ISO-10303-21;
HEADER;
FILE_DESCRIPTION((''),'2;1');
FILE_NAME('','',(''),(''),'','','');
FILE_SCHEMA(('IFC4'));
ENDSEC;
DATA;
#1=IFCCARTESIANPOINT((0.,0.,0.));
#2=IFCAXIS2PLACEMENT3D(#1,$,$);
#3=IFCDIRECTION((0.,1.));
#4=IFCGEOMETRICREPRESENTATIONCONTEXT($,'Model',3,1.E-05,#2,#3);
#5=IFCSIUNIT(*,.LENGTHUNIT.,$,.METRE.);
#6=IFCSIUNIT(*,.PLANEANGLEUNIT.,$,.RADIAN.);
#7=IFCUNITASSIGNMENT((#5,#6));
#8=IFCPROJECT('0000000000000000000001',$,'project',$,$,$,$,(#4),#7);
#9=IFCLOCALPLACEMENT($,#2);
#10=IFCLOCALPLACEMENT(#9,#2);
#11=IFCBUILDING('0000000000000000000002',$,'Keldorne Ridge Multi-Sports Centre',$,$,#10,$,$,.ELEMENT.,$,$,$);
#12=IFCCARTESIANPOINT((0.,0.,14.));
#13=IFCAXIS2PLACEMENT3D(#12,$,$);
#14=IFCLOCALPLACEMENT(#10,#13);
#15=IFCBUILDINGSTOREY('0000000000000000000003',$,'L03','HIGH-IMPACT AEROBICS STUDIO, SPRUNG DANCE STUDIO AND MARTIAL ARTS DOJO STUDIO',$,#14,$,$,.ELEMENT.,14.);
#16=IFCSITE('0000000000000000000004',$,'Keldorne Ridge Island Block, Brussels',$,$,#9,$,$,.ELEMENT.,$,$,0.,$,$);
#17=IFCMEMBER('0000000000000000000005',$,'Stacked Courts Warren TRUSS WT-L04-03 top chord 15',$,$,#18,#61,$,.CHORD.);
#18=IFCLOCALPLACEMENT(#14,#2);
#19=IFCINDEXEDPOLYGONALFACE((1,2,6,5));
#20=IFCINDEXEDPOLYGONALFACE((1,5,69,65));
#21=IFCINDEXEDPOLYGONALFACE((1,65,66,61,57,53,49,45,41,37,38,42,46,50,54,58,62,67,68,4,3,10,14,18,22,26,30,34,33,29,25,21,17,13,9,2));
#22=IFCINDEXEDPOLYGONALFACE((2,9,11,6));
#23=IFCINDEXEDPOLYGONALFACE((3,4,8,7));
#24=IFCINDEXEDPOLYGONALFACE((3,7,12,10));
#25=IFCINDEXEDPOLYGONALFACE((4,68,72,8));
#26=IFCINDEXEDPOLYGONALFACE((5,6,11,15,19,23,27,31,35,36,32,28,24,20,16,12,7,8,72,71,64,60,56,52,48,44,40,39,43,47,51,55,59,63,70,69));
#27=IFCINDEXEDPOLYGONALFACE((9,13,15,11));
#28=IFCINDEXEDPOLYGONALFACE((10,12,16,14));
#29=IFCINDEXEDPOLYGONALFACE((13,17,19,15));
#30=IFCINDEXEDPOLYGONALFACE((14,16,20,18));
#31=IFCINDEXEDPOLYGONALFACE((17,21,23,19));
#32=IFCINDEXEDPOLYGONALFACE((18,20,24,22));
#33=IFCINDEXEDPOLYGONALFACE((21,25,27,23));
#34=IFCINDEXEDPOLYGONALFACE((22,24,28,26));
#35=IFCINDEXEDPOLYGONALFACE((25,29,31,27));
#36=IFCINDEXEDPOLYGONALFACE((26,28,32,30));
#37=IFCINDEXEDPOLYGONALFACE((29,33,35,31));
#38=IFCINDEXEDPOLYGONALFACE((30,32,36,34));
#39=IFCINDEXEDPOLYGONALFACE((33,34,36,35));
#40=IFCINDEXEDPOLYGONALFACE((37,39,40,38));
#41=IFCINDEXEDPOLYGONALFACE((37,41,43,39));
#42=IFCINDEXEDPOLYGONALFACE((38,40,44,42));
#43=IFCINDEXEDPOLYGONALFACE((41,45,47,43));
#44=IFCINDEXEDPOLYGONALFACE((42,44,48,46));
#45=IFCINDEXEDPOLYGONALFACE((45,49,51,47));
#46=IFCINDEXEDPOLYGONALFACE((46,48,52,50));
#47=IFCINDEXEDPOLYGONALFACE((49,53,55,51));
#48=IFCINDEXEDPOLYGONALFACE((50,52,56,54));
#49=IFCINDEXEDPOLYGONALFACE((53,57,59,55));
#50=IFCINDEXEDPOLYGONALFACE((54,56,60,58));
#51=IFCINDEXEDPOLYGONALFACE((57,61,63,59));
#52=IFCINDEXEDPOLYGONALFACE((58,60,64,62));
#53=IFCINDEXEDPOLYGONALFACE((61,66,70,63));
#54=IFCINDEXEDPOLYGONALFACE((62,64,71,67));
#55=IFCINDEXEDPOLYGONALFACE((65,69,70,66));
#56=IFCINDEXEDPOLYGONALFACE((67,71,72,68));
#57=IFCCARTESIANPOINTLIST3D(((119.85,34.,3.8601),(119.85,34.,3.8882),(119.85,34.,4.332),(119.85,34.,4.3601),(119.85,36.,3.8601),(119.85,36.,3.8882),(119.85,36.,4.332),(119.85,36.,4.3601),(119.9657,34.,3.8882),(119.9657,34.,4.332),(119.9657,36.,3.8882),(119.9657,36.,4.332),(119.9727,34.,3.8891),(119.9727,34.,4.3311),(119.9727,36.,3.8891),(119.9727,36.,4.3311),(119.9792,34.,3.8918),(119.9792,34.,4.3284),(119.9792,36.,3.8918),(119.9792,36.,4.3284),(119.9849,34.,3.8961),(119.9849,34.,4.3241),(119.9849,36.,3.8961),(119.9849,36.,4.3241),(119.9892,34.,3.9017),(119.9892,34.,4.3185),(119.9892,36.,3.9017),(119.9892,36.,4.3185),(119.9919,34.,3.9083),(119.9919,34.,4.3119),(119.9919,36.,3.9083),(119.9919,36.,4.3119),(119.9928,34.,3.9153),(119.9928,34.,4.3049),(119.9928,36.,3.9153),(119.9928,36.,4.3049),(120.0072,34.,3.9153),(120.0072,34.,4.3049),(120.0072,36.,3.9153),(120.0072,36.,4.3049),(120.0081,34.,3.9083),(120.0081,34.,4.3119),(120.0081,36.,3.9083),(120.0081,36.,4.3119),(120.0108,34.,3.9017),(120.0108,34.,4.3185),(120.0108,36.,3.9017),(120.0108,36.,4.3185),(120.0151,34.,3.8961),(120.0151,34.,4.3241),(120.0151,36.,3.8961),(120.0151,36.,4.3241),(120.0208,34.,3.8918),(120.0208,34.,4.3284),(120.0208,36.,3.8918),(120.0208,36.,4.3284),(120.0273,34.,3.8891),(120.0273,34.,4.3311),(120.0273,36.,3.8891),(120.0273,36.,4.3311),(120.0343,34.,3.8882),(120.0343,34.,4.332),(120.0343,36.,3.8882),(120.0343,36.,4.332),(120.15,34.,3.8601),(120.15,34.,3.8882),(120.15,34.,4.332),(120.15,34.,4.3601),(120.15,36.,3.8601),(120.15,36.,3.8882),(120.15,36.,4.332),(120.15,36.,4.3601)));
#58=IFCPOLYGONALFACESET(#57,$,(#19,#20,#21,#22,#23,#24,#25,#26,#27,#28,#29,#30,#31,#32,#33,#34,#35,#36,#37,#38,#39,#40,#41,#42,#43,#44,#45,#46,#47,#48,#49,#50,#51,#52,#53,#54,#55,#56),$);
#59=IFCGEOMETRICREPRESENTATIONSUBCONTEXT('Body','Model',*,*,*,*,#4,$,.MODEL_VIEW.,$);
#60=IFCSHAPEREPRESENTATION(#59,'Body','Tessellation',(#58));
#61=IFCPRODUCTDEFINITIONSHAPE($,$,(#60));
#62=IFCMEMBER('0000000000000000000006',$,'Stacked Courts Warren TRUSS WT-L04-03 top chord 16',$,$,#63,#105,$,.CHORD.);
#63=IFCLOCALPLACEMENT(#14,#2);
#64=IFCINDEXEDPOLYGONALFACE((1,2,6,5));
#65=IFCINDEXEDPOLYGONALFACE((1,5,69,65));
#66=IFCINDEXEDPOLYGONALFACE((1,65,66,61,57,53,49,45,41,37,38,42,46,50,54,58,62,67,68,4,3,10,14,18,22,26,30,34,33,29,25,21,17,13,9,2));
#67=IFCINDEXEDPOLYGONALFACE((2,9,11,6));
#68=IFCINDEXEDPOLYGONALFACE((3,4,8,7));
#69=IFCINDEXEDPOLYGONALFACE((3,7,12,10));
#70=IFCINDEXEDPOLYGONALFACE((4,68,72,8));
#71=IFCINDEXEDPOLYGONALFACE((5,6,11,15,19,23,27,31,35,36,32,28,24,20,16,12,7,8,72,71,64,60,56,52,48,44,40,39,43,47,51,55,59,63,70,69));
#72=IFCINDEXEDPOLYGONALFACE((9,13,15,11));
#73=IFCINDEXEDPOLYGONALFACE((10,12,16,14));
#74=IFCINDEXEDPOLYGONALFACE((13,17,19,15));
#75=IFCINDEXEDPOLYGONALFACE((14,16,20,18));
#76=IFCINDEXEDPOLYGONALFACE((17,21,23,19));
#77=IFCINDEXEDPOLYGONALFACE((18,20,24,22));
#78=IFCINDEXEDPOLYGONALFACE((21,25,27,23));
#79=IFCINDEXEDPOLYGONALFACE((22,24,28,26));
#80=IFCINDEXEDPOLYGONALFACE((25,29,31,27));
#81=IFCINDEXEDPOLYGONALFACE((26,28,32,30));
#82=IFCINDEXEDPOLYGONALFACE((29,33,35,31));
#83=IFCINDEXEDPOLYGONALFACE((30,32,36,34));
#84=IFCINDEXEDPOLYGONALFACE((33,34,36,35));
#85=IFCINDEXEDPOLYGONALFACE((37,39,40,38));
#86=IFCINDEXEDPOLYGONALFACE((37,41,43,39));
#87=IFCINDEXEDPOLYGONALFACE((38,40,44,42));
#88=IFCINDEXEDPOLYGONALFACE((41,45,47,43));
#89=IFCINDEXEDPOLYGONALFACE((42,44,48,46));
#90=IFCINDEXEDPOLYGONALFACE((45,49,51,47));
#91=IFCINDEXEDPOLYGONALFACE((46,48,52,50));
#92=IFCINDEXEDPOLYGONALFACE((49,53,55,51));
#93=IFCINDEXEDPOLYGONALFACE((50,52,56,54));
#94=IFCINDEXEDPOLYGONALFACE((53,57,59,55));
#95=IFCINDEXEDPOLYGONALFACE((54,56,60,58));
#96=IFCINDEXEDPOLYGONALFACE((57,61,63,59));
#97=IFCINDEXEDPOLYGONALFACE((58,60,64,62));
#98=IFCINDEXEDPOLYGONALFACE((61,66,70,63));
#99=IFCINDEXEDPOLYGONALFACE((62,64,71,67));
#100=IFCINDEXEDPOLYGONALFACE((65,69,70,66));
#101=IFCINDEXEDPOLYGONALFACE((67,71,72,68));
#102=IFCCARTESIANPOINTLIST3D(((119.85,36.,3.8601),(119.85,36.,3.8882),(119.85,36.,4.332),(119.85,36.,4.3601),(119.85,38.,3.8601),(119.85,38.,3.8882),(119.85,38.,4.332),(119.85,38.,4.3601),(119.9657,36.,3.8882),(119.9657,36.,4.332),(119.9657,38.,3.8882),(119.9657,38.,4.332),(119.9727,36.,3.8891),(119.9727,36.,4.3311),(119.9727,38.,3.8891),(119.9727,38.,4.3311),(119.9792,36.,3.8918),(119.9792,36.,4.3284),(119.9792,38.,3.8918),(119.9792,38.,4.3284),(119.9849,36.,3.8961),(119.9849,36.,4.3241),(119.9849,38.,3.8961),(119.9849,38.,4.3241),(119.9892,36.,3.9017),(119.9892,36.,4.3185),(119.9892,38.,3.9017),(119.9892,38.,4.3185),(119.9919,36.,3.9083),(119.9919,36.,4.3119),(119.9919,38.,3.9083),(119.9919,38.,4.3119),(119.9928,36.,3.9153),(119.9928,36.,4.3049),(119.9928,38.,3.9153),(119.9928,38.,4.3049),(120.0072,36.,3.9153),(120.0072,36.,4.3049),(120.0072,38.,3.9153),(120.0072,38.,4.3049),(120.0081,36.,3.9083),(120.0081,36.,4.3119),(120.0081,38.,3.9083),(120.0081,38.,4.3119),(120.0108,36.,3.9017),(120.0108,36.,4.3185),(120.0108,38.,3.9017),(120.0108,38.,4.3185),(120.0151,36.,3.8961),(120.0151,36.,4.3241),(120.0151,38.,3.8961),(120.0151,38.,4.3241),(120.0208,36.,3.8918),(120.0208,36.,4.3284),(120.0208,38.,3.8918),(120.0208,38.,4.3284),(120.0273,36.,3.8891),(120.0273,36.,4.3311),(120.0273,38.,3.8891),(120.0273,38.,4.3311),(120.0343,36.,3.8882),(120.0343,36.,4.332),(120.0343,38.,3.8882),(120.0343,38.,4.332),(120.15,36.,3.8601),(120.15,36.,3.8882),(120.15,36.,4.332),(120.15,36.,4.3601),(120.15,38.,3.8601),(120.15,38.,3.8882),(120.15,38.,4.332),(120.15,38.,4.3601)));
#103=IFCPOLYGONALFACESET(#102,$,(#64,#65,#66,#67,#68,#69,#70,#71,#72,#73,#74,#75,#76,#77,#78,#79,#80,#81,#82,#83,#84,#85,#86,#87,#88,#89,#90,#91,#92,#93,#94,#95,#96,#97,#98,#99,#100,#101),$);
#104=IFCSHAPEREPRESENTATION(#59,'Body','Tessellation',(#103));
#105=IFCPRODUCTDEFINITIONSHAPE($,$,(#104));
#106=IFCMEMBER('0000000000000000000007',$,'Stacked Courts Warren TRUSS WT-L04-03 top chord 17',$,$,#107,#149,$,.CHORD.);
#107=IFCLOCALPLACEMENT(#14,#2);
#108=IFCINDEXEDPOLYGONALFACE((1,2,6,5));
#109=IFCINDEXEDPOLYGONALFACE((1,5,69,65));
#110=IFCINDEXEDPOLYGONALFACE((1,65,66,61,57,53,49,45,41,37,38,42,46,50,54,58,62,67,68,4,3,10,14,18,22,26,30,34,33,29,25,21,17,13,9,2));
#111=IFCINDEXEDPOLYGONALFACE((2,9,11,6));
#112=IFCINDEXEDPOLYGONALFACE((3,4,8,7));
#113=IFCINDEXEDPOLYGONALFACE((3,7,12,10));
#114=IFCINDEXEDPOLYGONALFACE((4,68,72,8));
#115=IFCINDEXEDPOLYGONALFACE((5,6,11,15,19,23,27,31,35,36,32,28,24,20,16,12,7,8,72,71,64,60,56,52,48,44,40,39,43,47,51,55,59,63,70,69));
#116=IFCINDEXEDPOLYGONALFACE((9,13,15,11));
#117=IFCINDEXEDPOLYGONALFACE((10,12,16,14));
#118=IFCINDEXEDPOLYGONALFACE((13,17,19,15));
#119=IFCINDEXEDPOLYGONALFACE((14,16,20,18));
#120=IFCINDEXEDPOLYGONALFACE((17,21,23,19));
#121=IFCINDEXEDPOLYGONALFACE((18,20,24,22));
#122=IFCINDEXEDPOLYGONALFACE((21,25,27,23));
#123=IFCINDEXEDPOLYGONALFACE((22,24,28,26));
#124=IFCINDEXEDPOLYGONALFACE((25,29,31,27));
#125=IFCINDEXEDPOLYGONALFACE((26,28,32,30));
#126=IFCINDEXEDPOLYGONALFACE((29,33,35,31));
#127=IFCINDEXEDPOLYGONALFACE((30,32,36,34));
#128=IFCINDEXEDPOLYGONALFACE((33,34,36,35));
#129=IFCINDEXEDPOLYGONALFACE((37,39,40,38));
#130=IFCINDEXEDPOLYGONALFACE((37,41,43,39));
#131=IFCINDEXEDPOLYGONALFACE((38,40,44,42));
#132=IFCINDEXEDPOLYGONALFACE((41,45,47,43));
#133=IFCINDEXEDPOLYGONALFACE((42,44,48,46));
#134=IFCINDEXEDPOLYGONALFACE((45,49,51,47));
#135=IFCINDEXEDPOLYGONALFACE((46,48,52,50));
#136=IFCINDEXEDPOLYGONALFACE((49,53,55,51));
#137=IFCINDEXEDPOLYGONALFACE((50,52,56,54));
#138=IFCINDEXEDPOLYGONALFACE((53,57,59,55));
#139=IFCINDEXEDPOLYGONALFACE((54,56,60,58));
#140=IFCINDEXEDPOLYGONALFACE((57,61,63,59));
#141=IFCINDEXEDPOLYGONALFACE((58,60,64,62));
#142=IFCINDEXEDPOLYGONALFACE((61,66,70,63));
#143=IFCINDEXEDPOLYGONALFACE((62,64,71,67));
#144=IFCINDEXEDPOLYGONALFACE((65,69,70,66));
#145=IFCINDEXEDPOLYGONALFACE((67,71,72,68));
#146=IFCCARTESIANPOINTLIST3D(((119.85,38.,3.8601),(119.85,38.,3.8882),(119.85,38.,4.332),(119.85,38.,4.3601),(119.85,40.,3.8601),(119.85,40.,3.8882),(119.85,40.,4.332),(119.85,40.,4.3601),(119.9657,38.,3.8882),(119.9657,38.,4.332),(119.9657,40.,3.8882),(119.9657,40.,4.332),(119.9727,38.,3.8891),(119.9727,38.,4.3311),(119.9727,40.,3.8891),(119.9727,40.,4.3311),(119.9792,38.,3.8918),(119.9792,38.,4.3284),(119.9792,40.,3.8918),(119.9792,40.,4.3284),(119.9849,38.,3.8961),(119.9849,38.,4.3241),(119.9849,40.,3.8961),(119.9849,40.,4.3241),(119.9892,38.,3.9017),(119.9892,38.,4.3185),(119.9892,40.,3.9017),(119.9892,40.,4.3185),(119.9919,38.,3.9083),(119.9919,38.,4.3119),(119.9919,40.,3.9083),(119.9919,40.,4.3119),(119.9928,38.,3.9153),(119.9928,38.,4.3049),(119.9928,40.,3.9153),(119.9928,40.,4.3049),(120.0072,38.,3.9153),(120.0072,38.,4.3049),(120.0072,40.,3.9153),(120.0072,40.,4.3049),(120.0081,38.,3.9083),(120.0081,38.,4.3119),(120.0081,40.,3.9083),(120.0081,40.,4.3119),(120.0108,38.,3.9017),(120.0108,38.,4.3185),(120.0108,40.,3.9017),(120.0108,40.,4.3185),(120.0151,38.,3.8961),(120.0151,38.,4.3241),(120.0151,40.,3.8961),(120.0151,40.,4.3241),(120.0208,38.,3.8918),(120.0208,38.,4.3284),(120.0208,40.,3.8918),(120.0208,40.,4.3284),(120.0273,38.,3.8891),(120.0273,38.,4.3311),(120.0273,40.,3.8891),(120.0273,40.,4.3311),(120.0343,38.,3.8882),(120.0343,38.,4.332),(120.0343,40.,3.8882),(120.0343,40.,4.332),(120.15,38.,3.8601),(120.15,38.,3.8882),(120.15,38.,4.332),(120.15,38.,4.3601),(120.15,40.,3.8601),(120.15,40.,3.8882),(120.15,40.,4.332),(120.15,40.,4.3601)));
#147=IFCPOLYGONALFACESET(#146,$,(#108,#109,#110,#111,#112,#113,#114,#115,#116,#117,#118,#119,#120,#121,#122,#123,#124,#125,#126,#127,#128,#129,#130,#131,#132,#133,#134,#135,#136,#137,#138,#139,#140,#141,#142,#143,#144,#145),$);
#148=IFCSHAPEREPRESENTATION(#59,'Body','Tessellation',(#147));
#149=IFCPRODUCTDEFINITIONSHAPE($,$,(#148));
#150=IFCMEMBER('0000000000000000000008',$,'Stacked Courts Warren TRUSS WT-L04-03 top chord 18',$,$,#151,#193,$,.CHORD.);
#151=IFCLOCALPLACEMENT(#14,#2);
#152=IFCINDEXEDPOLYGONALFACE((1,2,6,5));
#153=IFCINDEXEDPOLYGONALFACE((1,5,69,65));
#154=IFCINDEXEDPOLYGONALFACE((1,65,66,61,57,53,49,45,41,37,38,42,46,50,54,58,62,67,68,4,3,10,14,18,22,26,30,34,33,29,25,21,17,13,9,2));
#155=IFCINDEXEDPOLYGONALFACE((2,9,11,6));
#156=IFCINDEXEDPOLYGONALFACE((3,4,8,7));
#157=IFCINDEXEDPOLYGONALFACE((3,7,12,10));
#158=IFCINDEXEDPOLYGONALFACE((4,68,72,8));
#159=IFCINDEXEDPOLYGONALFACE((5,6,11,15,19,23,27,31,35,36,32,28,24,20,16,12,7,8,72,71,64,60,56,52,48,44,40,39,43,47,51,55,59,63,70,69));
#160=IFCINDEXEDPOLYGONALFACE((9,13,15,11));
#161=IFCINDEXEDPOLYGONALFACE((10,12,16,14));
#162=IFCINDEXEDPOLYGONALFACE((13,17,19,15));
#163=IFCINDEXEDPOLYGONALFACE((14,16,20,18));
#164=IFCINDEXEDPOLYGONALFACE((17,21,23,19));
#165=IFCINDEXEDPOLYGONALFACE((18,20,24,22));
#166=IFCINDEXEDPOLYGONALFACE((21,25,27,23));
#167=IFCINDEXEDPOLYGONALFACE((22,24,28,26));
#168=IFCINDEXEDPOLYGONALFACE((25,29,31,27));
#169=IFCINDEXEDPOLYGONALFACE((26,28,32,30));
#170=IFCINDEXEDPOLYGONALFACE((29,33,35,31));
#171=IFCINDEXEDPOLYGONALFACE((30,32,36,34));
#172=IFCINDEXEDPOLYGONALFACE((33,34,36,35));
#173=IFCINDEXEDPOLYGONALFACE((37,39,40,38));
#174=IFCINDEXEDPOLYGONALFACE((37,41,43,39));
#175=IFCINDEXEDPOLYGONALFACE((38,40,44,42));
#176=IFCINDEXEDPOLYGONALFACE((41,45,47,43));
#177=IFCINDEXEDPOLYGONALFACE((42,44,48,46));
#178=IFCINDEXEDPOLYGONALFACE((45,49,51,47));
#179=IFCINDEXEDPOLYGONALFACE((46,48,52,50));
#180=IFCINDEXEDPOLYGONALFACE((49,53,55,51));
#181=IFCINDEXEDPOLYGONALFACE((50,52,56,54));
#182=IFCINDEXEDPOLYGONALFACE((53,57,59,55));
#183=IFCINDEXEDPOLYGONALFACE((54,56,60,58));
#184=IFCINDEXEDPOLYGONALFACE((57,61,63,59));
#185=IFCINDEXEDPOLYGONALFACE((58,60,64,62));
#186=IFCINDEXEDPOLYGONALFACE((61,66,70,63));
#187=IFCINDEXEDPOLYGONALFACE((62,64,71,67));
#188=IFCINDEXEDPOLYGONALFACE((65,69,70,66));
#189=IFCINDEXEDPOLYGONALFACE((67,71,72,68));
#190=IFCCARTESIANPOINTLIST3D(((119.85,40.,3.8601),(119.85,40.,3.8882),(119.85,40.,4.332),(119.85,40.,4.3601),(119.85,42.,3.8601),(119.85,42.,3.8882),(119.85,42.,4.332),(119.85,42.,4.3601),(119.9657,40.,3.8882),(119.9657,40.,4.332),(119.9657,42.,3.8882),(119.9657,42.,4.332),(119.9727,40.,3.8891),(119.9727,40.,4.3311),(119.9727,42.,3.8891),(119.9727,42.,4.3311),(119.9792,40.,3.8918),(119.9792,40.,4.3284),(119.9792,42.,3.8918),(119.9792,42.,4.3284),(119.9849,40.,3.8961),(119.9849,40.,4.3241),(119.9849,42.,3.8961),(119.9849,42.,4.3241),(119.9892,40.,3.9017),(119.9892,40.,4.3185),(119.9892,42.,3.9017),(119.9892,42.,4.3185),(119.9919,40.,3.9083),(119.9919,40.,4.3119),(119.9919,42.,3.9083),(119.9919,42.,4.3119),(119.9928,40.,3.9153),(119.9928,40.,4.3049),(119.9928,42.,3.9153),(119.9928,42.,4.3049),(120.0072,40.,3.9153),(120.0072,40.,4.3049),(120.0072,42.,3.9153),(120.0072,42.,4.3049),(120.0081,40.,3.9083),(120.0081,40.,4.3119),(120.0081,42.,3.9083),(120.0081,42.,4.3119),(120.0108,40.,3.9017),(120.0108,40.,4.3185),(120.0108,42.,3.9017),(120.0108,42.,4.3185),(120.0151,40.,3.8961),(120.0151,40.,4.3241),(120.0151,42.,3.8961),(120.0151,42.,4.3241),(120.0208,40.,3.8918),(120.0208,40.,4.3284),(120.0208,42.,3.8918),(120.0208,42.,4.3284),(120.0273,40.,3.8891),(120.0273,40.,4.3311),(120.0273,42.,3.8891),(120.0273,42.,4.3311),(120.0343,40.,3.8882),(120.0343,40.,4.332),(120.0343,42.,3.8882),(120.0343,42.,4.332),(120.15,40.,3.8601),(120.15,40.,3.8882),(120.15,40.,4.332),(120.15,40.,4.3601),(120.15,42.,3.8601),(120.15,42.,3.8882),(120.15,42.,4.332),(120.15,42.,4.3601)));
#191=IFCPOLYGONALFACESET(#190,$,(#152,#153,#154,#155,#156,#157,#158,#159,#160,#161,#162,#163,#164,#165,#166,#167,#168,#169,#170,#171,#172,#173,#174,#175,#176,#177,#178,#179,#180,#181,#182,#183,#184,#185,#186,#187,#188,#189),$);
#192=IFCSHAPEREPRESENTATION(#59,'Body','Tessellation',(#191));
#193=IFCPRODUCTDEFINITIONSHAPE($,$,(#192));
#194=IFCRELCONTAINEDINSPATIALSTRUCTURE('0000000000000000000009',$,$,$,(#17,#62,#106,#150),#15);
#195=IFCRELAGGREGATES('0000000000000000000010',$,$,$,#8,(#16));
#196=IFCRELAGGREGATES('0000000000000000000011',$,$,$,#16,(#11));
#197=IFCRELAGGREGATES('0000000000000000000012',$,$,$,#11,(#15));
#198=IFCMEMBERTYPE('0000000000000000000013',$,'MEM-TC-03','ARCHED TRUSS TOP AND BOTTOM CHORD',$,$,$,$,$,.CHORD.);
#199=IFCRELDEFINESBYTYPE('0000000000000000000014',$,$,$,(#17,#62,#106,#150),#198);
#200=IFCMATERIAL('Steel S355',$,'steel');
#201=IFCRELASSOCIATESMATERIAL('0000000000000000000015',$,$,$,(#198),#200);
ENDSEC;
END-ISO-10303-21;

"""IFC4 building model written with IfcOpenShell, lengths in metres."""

from ifc_helpers import new_model, si_unit, direction, frame, origin, origin_2d, place, context, subcontext, project, spatial, i_section, extrude, material, material_profile, profile_set, type_object, element, save


model = new_model("IFC4")

# Units and contexts
model_context = context("Model", 3, precision=1e-05, world=origin(), true_north=direction((0.0, 1.0)))
body_context = subcontext(model_context, "Body", "Model", "MODEL_VIEW")
ifc_project = project(units=[si_unit("LENGTHUNIT", "METRE"), si_unit("PLANEANGLEUNIT", "RADIAN")], contexts=[model_context])

# Site, building, storey
site_placement = place(None, origin())
site = spatial("IfcSite", under=ifc_project, at=site_placement, Name="Keldorne Ridge Island Block, Brussels", CompositionType="ELEMENT", RefElevation=0.0)
building_placement = place(site_placement, origin())
building = spatial("IfcBuilding", under=site, at=building_placement, Name="Keldorne Ridge Multi-Sports Centre", CompositionType="ELEMENT")
storey_placement = place(building_placement, frame((0.0, 0.0, 14.0)))
storey = spatial("IfcBuildingStorey", under=building, at=storey_placement, Name="L03", Description="HIGH-IMPACT AEROBICS STUDIO, SPRUNG DANCE STUDIO AND MARTIAL ARTS DOJO STUDIO", CompositionType="ELEMENT", Elevation=14.0)

# Members
ifc_material = material(Name="Steel S355", Category="steel")
ifc_material_profile_1 = material_profile(ifc_material, i_section(OverallWidth=0.3, OverallDepth=0.5, WebThickness=0.0144, FlangeThickness=0.0281, FilletRadius=0.0271, at=origin_2d()), Name="HEB 500")
ifc_profile_set_1 = profile_set([ifc_material_profile_1], Name="Steel S355")
member_type_1 = type_object("IfcMemberType", Name="MEM-TC-03", Description="ARCHED TRUSS TOP AND BOTTOM CHORD", PredefinedType="CHORD", material=ifc_profile_set_1)
for number, where, z_axis, x_axis, name in (
    (1, (120.0, 34.0, 4.1101), (0.0, 1.0, 0.0), (-1.0, 0.0, 0.0), "Stacked Courts Warren TRUSS WT-L04-03 top chord 15"),
    (2, (120.0, 36.0, 4.1101), (0.0, 1.0, 0.0), (-1.0, 0.0, 0.0), "Stacked Courts Warren TRUSS WT-L04-03 top chord 16"),
    (3, (120.0, 38.0, 4.1101), (0.0, 1.0, 0.0), (-1.0, 0.0, 0.0), "Stacked Courts Warren TRUSS WT-L04-03 top chord 17"),
    (4, (120.0, 40.0, 4.1101), (0.0, 1.0, 0.0), (-1.0, 0.0, 0.0), "Stacked Courts Warren TRUSS WT-L04-03 top chord 18"),
):
    element("IfcMember", number, at=place(storey_placement, frame(where, z_axis=z_axis, x_axis=x_axis)), inside=storey, type_object=member_type_1, Name=name, PredefinedType="CHORD", context=body_context, shape_type="SweptSolid", body=[
        extrude(i_section(OverallWidth=0.3, OverallDepth=0.5, WebThickness=0.0144, FlangeThickness=0.0281, FilletRadius=0.0271, at=origin_2d()), origin(), (0.0, 0.0, 1.0), 2.0),
    ])

save(model, "model.ifc")
